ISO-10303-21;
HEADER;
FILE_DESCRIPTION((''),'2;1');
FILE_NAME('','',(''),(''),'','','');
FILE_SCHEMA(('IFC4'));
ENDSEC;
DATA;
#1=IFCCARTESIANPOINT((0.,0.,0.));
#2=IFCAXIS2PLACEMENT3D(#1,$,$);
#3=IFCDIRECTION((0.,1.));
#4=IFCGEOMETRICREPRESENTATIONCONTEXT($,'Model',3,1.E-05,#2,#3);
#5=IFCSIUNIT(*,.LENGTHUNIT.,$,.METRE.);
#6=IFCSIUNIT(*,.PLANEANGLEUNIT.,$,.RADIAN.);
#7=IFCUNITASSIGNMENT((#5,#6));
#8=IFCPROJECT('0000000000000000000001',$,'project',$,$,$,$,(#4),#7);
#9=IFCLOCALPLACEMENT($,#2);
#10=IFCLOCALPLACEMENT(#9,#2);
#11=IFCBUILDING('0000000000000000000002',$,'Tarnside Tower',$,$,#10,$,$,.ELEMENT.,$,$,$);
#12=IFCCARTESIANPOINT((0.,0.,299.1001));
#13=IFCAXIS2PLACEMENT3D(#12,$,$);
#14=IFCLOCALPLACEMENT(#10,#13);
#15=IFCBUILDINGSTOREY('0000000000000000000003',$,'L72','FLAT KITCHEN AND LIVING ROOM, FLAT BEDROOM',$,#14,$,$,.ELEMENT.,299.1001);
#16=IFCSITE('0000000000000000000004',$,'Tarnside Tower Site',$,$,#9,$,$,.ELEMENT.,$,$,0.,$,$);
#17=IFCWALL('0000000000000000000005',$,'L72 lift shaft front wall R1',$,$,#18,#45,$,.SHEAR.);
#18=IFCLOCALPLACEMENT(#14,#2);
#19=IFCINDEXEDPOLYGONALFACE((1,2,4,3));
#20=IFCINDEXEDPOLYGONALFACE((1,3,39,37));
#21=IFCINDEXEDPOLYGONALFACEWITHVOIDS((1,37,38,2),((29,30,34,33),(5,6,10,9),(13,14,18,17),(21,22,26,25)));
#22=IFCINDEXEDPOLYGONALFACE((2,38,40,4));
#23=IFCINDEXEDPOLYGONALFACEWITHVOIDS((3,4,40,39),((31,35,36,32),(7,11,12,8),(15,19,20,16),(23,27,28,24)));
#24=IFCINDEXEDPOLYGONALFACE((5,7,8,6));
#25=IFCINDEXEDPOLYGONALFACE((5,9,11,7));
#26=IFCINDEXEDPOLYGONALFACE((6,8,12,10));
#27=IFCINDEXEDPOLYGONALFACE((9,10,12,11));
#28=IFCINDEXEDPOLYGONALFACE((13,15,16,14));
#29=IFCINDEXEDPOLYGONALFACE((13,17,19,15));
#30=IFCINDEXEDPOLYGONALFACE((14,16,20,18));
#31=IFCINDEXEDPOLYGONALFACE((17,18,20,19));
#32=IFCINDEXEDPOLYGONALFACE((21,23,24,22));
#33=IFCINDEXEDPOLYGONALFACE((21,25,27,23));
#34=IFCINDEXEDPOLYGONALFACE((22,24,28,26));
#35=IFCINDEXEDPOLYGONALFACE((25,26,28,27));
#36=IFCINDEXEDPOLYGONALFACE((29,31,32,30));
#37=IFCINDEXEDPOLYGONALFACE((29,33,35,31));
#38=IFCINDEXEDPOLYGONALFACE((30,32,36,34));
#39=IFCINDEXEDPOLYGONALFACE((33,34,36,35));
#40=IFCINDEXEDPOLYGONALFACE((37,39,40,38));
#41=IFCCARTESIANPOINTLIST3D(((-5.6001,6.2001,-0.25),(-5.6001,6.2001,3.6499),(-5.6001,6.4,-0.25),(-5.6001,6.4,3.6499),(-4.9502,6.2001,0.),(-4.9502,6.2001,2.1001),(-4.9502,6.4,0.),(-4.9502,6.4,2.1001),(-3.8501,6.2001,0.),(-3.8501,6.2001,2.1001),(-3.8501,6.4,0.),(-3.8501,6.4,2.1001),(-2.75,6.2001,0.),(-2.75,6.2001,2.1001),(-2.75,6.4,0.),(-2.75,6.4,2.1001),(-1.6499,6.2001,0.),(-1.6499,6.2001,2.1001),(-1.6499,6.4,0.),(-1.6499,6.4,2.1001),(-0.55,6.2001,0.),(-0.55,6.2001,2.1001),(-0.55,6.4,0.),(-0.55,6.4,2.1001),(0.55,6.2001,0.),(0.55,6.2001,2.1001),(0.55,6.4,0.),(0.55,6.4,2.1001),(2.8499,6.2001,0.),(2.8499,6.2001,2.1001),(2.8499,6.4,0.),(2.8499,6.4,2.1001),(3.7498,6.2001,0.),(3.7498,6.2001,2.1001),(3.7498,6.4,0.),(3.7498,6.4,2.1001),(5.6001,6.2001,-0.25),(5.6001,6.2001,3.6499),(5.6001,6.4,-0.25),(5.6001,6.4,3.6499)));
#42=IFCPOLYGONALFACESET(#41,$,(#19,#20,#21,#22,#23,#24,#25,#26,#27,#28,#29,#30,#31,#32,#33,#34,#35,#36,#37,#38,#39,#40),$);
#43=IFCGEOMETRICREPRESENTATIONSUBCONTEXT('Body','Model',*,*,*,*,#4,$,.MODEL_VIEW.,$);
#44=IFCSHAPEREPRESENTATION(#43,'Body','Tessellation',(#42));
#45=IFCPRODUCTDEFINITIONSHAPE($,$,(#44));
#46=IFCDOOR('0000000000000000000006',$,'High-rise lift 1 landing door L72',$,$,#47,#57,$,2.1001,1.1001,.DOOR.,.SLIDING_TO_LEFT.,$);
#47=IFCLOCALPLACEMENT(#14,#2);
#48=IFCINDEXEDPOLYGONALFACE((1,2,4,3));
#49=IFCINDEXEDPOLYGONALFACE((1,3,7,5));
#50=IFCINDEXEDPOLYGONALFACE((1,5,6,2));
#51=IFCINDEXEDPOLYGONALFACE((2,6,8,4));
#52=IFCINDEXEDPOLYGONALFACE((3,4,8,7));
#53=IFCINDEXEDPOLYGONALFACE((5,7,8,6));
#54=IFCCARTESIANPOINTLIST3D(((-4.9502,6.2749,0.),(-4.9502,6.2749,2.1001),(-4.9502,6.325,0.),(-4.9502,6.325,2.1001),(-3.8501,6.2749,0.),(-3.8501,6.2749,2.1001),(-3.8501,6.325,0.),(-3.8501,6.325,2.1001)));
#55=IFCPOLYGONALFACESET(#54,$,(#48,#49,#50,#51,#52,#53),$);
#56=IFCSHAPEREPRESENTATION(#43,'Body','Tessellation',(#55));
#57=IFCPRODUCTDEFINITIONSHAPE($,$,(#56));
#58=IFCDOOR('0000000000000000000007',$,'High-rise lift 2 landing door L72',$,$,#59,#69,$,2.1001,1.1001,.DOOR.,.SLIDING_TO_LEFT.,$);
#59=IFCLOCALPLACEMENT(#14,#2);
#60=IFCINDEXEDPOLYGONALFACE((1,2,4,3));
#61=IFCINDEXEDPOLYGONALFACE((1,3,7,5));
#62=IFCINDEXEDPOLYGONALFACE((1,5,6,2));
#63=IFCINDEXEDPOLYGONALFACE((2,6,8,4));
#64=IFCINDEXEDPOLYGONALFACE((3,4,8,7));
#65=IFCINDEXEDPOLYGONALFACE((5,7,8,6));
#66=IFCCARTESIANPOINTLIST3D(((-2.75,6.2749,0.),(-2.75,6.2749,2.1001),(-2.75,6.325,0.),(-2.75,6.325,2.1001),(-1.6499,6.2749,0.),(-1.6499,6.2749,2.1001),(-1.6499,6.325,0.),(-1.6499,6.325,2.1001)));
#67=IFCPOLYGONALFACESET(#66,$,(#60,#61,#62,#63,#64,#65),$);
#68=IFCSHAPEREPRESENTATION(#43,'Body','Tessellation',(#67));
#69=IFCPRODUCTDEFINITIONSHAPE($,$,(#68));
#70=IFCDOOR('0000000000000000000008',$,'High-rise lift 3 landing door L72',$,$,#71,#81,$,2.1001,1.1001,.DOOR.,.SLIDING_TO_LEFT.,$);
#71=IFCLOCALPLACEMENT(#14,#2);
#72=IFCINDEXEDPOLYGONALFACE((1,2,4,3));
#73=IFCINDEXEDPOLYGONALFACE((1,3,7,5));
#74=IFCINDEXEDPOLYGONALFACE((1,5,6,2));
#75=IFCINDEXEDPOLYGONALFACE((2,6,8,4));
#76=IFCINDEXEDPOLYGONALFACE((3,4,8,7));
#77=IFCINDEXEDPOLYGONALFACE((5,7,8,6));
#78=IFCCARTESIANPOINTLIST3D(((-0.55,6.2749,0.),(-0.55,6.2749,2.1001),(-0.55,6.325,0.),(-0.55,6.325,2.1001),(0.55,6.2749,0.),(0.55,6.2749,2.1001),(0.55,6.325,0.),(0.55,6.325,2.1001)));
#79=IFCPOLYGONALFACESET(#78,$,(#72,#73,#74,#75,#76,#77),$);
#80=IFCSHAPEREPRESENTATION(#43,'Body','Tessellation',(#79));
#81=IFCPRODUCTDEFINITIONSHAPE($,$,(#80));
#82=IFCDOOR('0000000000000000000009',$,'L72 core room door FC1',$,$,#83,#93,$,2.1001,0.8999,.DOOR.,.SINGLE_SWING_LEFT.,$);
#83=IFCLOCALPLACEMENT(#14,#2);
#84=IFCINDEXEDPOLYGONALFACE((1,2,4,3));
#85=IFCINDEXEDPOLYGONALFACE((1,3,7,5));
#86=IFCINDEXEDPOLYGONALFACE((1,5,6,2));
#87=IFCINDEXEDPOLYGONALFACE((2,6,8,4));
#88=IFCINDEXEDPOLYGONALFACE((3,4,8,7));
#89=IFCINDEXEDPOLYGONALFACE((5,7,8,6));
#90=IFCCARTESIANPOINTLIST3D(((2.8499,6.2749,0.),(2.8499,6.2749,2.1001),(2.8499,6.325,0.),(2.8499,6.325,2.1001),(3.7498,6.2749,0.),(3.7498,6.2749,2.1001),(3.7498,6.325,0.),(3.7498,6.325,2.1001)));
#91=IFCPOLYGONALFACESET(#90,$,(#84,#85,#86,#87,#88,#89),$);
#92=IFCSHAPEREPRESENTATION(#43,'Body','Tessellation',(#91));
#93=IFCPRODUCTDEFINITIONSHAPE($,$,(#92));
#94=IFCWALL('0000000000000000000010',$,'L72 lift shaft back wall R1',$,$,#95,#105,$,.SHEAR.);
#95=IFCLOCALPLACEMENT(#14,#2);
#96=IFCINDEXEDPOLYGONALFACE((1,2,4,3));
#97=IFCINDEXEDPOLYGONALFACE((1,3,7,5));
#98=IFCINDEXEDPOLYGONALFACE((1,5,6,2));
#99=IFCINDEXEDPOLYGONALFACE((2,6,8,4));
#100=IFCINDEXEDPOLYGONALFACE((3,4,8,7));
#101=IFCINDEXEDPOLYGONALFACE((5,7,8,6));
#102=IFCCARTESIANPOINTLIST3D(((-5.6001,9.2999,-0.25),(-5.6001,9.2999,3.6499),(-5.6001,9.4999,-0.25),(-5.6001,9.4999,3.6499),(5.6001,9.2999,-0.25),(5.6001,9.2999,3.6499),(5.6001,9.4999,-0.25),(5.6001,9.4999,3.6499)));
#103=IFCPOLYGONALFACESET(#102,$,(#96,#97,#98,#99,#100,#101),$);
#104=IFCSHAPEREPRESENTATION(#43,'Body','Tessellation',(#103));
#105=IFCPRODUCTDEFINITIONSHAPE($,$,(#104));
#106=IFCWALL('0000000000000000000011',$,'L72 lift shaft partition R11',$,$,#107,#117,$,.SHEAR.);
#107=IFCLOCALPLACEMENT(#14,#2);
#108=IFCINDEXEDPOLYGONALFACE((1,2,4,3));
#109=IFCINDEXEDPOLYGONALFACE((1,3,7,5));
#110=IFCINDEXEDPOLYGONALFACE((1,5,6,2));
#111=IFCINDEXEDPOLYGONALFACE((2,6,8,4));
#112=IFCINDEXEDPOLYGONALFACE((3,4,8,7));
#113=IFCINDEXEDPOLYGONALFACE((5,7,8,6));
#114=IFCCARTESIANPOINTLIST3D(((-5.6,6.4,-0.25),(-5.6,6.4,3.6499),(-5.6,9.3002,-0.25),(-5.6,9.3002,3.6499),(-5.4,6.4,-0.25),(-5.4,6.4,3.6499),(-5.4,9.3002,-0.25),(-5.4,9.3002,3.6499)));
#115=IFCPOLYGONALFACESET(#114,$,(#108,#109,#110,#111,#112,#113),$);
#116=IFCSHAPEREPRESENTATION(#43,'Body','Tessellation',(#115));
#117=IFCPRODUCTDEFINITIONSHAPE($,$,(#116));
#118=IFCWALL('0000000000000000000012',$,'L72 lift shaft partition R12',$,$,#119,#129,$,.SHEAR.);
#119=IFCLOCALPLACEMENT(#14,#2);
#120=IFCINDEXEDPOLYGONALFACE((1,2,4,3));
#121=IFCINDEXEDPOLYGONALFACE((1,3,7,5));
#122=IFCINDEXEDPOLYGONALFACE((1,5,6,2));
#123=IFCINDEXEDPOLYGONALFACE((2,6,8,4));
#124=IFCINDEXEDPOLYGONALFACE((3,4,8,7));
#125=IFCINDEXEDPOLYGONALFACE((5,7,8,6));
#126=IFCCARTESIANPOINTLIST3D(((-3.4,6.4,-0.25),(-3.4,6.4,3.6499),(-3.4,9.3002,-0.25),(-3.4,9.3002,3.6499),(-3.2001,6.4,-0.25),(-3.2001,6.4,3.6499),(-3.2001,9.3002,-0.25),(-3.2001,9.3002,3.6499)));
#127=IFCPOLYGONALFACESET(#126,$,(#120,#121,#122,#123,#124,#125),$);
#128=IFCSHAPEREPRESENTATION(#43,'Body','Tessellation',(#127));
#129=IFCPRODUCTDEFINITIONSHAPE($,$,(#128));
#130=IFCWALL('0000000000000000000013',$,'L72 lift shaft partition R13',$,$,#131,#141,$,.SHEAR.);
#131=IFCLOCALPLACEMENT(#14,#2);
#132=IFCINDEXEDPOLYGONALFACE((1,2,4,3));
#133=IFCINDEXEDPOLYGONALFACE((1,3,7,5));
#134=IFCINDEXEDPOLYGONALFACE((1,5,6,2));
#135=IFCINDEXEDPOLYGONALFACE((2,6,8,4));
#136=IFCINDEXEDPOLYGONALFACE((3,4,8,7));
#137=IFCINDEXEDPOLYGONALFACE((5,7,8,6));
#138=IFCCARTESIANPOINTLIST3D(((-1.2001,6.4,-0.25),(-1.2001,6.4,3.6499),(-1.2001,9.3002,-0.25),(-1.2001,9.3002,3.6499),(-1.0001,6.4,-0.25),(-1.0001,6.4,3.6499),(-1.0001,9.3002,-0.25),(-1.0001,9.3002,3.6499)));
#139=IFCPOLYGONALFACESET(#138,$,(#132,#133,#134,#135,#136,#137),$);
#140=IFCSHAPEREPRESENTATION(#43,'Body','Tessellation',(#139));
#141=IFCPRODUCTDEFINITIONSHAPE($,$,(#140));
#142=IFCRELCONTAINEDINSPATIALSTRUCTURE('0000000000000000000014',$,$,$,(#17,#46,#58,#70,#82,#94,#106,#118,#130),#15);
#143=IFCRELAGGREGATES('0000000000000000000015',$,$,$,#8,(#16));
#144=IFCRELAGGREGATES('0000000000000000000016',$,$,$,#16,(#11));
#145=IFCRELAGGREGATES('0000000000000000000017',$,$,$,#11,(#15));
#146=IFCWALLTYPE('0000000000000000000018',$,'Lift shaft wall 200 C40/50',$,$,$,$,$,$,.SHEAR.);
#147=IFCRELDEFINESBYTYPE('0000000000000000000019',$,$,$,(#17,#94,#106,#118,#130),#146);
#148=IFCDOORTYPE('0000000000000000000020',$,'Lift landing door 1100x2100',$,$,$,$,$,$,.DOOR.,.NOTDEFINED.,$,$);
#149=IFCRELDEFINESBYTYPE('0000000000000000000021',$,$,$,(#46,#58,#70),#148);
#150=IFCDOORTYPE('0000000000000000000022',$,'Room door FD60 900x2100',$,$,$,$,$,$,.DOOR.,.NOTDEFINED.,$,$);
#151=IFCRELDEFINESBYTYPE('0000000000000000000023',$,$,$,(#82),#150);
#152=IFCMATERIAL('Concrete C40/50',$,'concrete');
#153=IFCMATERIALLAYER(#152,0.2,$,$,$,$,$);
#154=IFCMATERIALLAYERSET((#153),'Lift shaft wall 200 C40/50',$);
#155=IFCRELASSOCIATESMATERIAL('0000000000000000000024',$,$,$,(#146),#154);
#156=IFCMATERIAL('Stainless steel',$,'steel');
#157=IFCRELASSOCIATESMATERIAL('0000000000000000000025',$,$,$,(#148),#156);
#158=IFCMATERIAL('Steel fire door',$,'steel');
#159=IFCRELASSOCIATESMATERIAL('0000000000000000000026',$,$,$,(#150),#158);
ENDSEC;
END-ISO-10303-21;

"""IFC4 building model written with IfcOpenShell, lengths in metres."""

from ifc_helpers import new_model, si_unit, direction, frame, frame_2d, origin, place, context, subcontext, project, spatial, rectangle, extrude, material, layer, layer_set, type_object, element, fill, save


model = new_model("IFC4")

# Units and contexts
model_context = context("Model", 3, precision=1e-05, world=origin(), true_north=direction((0.0, 1.0)))
body_context = subcontext(model_context, "Body", "Model", "MODEL_VIEW")
ifc_project = project(units=[si_unit("LENGTHUNIT", "METRE"), si_unit("PLANEANGLEUNIT", "RADIAN")], contexts=[model_context])

# Site, building, storey
site_placement = place(None, origin())
site = spatial("IfcSite", under=ifc_project, at=site_placement, Name="Tarnside Tower Site", CompositionType="ELEMENT", RefElevation=0.0)
building_placement = place(site_placement, origin())
building = spatial("IfcBuilding", under=site, at=building_placement, Name="Tarnside Tower", CompositionType="ELEMENT")
storey_placement = place(building_placement, frame((0.0, 0.0, 299.1001)))
storey = spatial("IfcBuildingStorey", under=building, at=storey_placement, Name="L72", Description="FLAT KITCHEN AND LIVING ROOM, FLAT BEDROOM", CompositionType="ELEMENT", Elevation=299.1001)

# Shared definitions
ifc_material_1 = material(Name="Steel fire door", Category="steel")

# Wall, openings, doors
ifc_material_2 = material(Name="Concrete C40/50", Category="concrete")
ifc_layer_1 = layer(ifc_material_2, 0.2)
ifc_layer_set_1 = layer_set([ifc_layer_1], Name="Lift shaft wall 200 C40/50")
wall_type_1 = type_object("IfcWallType", Name="Lift shaft wall 200 C40/50", PredefinedType="SHEAR", material=ifc_layer_set_1)
wall_1_placement = place(storey_placement, frame((-5.6001, 6.3, -0.25), z_axis=(0.0, 0.0, 1.0), x_axis=(1.0, 0.0, 0.0)))
wall_1 = element("IfcWall", 1, at=wall_1_placement, inside=storey, type_object=wall_type_1, Name="L72 lift shaft front wall R1", PredefinedType="SHEAR", context=body_context, shape_type="SweptSolid", body=[
    extrude(rectangle(XDim=11.2002, YDim=0.2, at=frame_2d((5.6001, 0.0))), origin(), (0.0, 0.0, 1.0), 3.8999),
])
opening_1_placement = place(wall_1_placement, frame((8.45, 0.0, 0.25)))
opening_1 = element("IfcOpeningElement", 2, at=opening_1_placement, cuts=wall_1, PredefinedType="OPENING", context=body_context, shape_type="SweptSolid", body=[
    extrude(rectangle(XDim=0.8999, YDim=2.1001, at=frame_2d((0.45, 1.05))), frame((0.0, 0.1099, 0.0), z_axis=(0.0, -1.0, 0.0), x_axis=(1.0, 0.0, 0.0)), (0.0, 0.0, 1.0), 0.22),
])
opening_2_placement = place(wall_1_placement, frame((0.6499, 0.0, 0.25)))
opening_2 = element("IfcOpeningElement", 3, at=opening_2_placement, cuts=wall_1, PredefinedType="OPENING", context=body_context, shape_type="SweptSolid", body=[
    extrude(rectangle(XDim=1.1001, YDim=2.1001, at=frame_2d((0.55, 1.05))), frame((0.0, 0.1099, 0.0), z_axis=(0.0, -1.0, 0.0), x_axis=(1.0, 0.0, 0.0)), (0.0, 0.0, 1.0), 0.22),
])
opening_3_placement = place(wall_1_placement, frame((2.8501, 0.0, 0.25)))
opening_3 = element("IfcOpeningElement", 4, at=opening_3_placement, cuts=wall_1, PredefinedType="OPENING", context=body_context, shape_type="SweptSolid", body=[
    extrude(rectangle(XDim=1.1001, YDim=2.1001, at=frame_2d((0.55, 1.05))), frame((0.0, 0.1099, 0.0), z_axis=(0.0, -1.0, 0.0), x_axis=(1.0, 0.0, 0.0)), (0.0, 0.0, 1.0), 0.22),
])
opening_4_placement = place(wall_1_placement, frame((5.05, 0.0, 0.25)))
opening_4 = element("IfcOpeningElement", 5, at=opening_4_placement, cuts=wall_1, PredefinedType="OPENING", context=body_context, shape_type="SweptSolid", body=[
    extrude(rectangle(XDim=1.1001, YDim=2.1001, at=frame_2d((0.55, 1.05))), frame((0.0, 0.1099, 0.0), z_axis=(0.0, -1.0, 0.0), x_axis=(1.0, 0.0, 0.0)), (0.0, 0.0, 1.0), 0.22),
])
ifc_material_3 = material(Name="Stainless steel", Category="steel")
door_type_1 = type_object("IfcDoorType", Name="Lift landing door 1100x2100", OperationType="NOTDEFINED", PredefinedType="DOOR", material=ifc_material_3)
door_1_placement = place(opening_2_placement, origin())
door_1 = element("IfcDoor", 6, at=door_1_placement, inside=storey, type_object=door_type_1, Name="High-rise lift 1 landing door L72", OperationType="SLIDING_TO_LEFT", OverallHeight=2.1001, OverallWidth=1.1001, PredefinedType="DOOR", context=body_context, shape_type="SweptSolid", body=[
    extrude(rectangle(XDim=1.1001, YDim=2.1001, at=frame_2d((0.55, 1.05))), frame((0.0, 0.0249, 0.0), z_axis=(0.0, -1.0, 0.0), x_axis=(1.0, 0.0, 0.0)), (0.0, 0.0, 1.0), 0.05),
])
fill(opening_2, door_1)
door_2_placement = place(opening_3_placement, origin())
door_2 = element("IfcDoor", 7, at=door_2_placement, inside=storey, type_object=door_type_1, Name="High-rise lift 2 landing door L72", OperationType="SLIDING_TO_LEFT", OverallHeight=2.1001, OverallWidth=1.1001, PredefinedType="DOOR", context=body_context, shape_type="SweptSolid", body=[
    extrude(rectangle(XDim=1.1001, YDim=2.1001, at=frame_2d((0.55, 1.05))), frame((0.0, 0.0249, 0.0), z_axis=(0.0, -1.0, 0.0), x_axis=(1.0, 0.0, 0.0)), (0.0, 0.0, 1.0), 0.05),
])
fill(opening_3, door_2)
door_3_placement = place(opening_4_placement, origin())
door_3 = element("IfcDoor", 8, at=door_3_placement, inside=storey, type_object=door_type_1, Name="High-rise lift 3 landing door L72", OperationType="SLIDING_TO_LEFT", OverallHeight=2.1001, OverallWidth=1.1001, PredefinedType="DOOR", context=body_context, shape_type="SweptSolid", body=[
    extrude(rectangle(XDim=1.1001, YDim=2.1001, at=frame_2d((0.55, 1.05))), frame((0.0, 0.0249, 0.0), z_axis=(0.0, -1.0, 0.0), x_axis=(1.0, 0.0, 0.0)), (0.0, 0.0, 1.0), 0.05),
])
fill(opening_4, door_3)
door_type_2 = type_object("IfcDoorType", Name="Room door FD60 900x2100", OperationType="NOTDEFINED", PredefinedType="DOOR", material=ifc_material_1)
door_4_placement = place(opening_1_placement, origin())
door_4 = element("IfcDoor", 9, at=door_4_placement, inside=storey, type_object=door_type_2, Name="L72 core room door FC1", OperationType="SINGLE_SWING_LEFT", OverallHeight=2.1001, OverallWidth=0.8999, PredefinedType="DOOR", context=body_context, shape_type="SweptSolid", body=[
    extrude(rectangle(XDim=0.8999, YDim=2.1001, at=frame_2d((0.45, 1.05))), frame((0.0, 0.0249, 0.0), z_axis=(0.0, -1.0, 0.0), x_axis=(1.0, 0.0, 0.0)), (0.0, 0.0, 1.0), 0.05),
])
fill(opening_1, door_4)

# Walls
wall_2_placement = place(storey_placement, frame((-5.6001, 9.3999, -0.25), z_axis=(0.0, 0.0, 1.0), x_axis=(1.0, 0.0, 0.0)))
element("IfcWall", 10, at=wall_2_placement, inside=storey, type_object=wall_type_1, Name="L72 lift shaft back wall R1", PredefinedType="SHEAR", context=body_context, shape_type="SweptSolid", body=[
    extrude(rectangle(XDim=11.2002, YDim=0.2, at=frame_2d((5.6001, 0.0))), origin(), (0.0, 0.0, 1.0), 3.8999),
])
for number, where, z_axis, x_axis, name in (
    (11, (-5.5, 6.3999, -0.25), (0.0, 0.0, 1.0), (0.0, 1.0, 0.0), "L72 lift shaft partition R11"),
    (12, (-3.3, 6.3999, -0.25), (0.0, 0.0, 1.0), (0.0, 1.0, 0.0), "L72 lift shaft partition R12"),
    (13, (-1.1001, 6.3999, -0.25), (0.0, 0.0, 1.0), (0.0, 1.0, 0.0), "L72 lift shaft partition R13"),
):
    element("IfcWall", number, at=place(storey_placement, frame(where, z_axis=z_axis, x_axis=x_axis)), inside=storey, type_object=wall_type_1, Name=name, PredefinedType="SHEAR", context=body_context, shape_type="SweptSolid", body=[
        extrude(rectangle(XDim=2.9001, YDim=0.2, at=frame_2d((1.4502, 0.0))), origin(), (0.0, 0.0, 1.0), 3.8999),
    ])

save(model, "model.ifc")
